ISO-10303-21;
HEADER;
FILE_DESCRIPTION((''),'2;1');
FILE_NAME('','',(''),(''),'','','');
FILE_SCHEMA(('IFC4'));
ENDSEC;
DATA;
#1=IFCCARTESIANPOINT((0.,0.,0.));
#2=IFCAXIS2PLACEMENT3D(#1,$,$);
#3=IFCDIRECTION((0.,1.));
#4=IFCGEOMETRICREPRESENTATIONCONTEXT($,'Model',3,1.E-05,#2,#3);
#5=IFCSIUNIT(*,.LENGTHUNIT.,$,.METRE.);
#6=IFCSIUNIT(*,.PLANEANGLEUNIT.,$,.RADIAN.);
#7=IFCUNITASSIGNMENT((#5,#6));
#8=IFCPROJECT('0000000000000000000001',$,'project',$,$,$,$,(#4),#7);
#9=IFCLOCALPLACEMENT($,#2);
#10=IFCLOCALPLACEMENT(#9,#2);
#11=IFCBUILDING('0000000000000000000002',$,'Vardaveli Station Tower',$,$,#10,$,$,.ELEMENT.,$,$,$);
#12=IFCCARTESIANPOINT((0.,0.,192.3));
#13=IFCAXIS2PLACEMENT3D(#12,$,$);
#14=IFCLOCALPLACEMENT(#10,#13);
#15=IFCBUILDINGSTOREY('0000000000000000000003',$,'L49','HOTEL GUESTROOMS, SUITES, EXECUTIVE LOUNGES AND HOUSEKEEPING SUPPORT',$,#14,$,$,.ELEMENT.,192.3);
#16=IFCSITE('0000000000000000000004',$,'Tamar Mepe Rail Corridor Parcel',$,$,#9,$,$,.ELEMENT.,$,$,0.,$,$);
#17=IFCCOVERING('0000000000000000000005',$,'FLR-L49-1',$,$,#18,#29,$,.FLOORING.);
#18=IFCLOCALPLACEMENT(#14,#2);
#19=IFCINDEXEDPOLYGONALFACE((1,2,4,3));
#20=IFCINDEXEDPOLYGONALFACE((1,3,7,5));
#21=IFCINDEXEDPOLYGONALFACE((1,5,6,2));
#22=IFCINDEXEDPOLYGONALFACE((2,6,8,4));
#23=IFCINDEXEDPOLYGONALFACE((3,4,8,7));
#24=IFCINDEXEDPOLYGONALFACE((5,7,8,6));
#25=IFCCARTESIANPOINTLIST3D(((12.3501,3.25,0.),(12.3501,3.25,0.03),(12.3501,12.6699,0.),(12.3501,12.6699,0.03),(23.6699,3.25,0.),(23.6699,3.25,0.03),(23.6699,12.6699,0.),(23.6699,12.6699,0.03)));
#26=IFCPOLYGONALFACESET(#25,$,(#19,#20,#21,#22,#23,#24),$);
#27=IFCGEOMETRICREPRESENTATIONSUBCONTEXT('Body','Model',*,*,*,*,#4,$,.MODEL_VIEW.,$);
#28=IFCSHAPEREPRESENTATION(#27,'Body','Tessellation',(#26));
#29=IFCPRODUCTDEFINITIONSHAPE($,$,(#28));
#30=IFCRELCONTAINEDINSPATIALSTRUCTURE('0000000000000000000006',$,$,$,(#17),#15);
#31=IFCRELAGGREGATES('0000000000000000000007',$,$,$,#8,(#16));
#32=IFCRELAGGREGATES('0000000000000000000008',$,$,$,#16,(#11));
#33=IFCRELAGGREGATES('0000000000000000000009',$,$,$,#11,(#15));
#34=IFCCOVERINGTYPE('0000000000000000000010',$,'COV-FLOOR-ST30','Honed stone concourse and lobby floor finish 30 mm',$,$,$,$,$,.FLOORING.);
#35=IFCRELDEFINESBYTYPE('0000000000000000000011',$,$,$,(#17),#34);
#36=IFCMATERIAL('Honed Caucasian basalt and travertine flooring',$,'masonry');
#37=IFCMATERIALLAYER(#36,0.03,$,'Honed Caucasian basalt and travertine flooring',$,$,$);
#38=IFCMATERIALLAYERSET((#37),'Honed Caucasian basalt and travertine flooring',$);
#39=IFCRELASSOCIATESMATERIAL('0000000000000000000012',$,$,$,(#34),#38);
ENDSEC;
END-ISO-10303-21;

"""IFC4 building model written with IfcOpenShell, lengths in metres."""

from ifc_helpers import new_model, si_unit, direction, frame, origin, place, context, subcontext, project, spatial, polyline, outline, extrude, material, layer, layer_set, type_object, element, save


model = new_model("IFC4")

# Units and contexts
model_context = context("Model", 3, precision=1e-05, world=origin(), true_north=direction((0.0, 1.0)))
body_context = subcontext(model_context, "Body", "Model", "MODEL_VIEW")
ifc_project = project(units=[si_unit("LENGTHUNIT", "METRE"), si_unit("PLANEANGLEUNIT", "RADIAN")], contexts=[model_context])

# Site, building, storey
site_placement = place(None, origin())
site = spatial("IfcSite", under=ifc_project, at=site_placement, Name="Tamar Mepe Rail Corridor Parcel", CompositionType="ELEMENT", RefElevation=0.0)
building_placement = place(site_placement, origin())
building = spatial("IfcBuilding", under=site, at=building_placement, Name="Vardaveli Station Tower", CompositionType="ELEMENT")
storey_placement = place(building_placement, frame((0.0, 0.0, 192.3)))
storey = spatial("IfcBuildingStorey", under=building, at=storey_placement, Name="L49", Description="HOTEL GUESTROOMS, SUITES, EXECUTIVE LOUNGES AND HOUSEKEEPING SUPPORT", CompositionType="ELEMENT", Elevation=192.3)

# Covering
ifc_material_1 = material(Name="Honed Caucasian basalt and travertine flooring", Category="masonry")
ifc_layer_1 = layer(ifc_material_1, 0.03, Name="Honed Caucasian basalt and travertine flooring")
ifc_layer_set_1 = layer_set([ifc_layer_1], Name="Honed Caucasian basalt and travertine flooring")
covering_type_1 = type_object("IfcCoveringType", Name="COV-FLOOR-ST30", Description="Honed stone concourse and lobby floor finish 30 mm", PredefinedType="FLOORING", material=ifc_layer_set_1)
covering_1_placement = place(storey_placement, origin())
element("IfcCovering", 1, at=covering_1_placement, inside=storey, type_object=covering_type_1, Name="FLR-L49-1", PredefinedType="FLOORING", context=body_context, shape_type="SweptSolid", body=[
    extrude(outline(polyline([(12.3501, 3.25), (23.6699, 3.25), (23.6699, 12.6699), (12.3501, 12.6699), (12.3501, 3.25)])), origin(), (0.0, 0.0, 1.0), 0.03),
])

save(model, "model.ifc")
